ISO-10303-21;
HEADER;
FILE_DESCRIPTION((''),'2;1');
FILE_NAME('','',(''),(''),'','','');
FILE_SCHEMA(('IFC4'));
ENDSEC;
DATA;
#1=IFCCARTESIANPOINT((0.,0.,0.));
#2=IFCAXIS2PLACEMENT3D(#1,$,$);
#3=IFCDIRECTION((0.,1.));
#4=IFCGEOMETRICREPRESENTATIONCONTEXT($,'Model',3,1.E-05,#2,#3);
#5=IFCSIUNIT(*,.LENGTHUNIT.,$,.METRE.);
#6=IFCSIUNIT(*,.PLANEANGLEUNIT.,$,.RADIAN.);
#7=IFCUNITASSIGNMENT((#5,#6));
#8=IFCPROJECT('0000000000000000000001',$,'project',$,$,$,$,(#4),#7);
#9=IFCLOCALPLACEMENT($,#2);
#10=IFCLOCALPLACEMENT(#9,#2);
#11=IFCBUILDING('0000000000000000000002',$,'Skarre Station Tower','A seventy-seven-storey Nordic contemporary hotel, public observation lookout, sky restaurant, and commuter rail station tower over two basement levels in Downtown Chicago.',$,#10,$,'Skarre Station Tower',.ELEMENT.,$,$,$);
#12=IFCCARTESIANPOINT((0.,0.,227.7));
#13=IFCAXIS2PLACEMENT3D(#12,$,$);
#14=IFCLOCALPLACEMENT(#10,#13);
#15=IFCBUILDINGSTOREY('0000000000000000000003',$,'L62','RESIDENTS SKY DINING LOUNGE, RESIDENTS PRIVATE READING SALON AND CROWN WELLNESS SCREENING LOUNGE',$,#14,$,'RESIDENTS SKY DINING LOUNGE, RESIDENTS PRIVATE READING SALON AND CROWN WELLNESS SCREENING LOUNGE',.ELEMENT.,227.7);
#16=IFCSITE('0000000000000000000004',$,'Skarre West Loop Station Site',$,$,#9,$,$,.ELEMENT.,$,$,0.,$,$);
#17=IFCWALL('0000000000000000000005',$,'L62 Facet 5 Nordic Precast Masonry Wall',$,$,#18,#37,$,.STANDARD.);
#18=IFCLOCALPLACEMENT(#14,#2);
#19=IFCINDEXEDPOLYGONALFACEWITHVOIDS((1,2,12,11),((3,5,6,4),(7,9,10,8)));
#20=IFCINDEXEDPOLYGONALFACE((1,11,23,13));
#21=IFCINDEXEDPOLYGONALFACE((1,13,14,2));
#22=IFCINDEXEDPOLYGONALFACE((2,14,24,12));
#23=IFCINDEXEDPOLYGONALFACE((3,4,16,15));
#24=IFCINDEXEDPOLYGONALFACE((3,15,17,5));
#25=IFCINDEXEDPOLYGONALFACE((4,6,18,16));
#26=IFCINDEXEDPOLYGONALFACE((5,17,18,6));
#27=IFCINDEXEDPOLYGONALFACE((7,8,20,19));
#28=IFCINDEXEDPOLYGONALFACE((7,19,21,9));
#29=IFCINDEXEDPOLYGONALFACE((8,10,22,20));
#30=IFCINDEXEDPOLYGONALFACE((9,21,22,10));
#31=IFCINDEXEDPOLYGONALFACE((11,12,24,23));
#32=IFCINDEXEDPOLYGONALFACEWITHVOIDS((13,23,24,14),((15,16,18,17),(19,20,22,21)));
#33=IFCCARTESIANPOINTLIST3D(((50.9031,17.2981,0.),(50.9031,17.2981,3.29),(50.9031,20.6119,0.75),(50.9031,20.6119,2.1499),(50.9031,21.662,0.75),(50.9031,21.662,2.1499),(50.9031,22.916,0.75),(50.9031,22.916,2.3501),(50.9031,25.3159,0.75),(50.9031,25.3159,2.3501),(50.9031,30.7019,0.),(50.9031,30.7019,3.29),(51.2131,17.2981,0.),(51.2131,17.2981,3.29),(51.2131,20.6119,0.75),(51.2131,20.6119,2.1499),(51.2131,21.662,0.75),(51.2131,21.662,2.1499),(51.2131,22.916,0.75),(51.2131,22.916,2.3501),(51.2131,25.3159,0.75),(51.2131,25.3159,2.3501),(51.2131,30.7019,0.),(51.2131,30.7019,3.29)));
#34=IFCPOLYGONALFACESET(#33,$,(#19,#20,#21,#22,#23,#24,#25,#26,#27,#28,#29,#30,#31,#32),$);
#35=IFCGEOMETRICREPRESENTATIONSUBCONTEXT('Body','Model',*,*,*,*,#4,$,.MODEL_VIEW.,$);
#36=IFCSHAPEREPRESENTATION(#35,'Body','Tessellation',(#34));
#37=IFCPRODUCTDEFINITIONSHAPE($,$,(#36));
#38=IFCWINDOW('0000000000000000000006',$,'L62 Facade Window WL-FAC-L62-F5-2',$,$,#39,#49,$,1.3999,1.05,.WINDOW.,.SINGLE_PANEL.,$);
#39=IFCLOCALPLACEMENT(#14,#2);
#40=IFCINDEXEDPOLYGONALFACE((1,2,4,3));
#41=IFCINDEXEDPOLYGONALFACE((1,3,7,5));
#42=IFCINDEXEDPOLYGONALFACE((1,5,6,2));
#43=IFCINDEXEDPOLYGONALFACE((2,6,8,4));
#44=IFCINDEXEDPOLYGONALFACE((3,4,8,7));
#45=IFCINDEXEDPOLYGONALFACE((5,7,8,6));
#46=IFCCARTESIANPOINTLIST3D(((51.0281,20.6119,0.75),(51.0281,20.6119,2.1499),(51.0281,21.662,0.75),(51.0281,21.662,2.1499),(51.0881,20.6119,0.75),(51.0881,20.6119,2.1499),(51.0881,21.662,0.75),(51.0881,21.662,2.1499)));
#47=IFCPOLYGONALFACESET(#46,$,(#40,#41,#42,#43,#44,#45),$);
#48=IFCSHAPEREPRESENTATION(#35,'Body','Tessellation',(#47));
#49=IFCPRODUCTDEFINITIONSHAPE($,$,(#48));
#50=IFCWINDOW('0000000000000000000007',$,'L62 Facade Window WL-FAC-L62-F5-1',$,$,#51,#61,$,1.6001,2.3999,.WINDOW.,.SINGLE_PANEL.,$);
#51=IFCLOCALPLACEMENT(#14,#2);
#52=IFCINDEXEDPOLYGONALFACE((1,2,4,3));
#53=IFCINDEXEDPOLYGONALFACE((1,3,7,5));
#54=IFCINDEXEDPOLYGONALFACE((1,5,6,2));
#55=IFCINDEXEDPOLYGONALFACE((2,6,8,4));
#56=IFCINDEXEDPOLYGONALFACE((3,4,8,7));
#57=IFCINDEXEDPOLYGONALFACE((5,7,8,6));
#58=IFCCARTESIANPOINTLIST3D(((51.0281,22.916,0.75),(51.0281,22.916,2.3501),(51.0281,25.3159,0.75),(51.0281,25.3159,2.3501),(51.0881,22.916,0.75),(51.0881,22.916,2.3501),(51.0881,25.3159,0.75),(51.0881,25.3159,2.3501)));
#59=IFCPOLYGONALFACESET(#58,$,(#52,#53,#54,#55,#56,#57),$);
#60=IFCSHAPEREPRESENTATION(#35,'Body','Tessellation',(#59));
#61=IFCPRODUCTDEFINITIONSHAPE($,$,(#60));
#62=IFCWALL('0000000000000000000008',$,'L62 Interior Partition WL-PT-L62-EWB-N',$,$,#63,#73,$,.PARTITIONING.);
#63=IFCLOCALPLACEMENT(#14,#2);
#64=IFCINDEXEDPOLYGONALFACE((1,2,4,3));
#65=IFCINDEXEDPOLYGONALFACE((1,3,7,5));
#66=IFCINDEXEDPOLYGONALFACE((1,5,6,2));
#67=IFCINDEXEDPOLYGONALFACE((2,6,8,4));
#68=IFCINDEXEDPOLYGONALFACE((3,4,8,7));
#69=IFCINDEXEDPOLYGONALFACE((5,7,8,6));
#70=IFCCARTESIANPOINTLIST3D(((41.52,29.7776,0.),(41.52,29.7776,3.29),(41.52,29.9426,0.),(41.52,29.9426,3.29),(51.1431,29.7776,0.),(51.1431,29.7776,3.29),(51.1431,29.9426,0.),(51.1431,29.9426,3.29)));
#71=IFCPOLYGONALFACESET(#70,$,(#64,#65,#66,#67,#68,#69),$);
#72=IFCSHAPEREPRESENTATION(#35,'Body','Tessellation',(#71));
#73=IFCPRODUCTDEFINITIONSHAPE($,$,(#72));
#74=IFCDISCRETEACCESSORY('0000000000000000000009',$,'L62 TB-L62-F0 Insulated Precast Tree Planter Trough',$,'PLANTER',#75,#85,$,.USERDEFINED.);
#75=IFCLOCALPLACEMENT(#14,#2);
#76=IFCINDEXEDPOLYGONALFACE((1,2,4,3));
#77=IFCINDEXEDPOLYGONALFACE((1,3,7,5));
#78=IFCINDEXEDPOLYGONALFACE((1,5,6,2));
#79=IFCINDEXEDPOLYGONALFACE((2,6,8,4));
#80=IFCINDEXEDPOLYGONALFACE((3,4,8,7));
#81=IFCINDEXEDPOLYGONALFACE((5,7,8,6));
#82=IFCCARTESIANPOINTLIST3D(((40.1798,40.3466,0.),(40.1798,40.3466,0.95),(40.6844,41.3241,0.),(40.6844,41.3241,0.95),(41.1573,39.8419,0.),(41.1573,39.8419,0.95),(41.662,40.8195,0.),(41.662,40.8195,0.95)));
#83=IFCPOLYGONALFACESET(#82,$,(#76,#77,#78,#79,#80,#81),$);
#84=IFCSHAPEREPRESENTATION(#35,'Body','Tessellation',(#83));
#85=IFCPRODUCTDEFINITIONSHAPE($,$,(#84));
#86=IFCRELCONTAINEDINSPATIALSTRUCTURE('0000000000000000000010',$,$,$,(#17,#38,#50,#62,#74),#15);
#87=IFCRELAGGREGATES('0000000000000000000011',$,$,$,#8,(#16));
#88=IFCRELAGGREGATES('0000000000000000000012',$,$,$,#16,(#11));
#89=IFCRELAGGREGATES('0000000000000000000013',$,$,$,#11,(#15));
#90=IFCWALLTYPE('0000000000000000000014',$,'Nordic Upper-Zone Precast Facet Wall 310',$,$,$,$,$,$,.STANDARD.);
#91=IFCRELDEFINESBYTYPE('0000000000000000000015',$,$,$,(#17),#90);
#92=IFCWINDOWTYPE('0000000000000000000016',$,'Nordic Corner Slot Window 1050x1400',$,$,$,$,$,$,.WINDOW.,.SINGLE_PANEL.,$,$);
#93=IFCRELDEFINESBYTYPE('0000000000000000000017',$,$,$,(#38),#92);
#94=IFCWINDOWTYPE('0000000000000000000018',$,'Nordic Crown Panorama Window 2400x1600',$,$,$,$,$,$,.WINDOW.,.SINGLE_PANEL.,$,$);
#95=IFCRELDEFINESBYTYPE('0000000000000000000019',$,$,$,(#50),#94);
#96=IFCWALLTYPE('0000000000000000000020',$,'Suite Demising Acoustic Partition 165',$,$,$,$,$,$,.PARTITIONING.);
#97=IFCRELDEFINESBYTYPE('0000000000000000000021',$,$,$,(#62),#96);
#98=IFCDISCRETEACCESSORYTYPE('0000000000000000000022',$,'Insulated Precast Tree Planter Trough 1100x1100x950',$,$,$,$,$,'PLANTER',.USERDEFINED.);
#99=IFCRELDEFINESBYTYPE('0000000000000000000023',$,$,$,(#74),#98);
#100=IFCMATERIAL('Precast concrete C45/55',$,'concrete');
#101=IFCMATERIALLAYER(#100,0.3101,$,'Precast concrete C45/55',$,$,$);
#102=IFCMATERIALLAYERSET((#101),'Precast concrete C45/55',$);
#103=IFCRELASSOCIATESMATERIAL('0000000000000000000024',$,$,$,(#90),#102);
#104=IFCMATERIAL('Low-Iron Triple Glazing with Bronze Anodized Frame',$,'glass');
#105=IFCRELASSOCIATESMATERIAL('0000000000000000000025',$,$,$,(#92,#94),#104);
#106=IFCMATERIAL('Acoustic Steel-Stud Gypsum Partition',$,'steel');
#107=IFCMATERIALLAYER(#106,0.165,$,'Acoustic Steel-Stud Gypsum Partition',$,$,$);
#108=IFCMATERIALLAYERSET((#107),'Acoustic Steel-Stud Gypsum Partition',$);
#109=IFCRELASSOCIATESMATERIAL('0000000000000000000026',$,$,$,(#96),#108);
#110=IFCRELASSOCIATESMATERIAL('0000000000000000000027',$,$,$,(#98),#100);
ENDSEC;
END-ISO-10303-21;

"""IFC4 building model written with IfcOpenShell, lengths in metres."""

from ifc_helpers import new_model, si_unit, direction, frame, frame_2d, origin, origin_2d, place, context, subcontext, project, spatial, rectangle, extrude, material, layer, layer_set, type_object, element, fill, save


model = new_model("IFC4")

# Units and contexts
model_context = context("Model", 3, precision=1e-05, world=origin(), true_north=direction((0.0, 1.0)))
body_context = subcontext(model_context, "Body", "Model", "MODEL_VIEW")
ifc_project = project(units=[si_unit("LENGTHUNIT", "METRE"), si_unit("PLANEANGLEUNIT", "RADIAN")], contexts=[model_context])

# Site, building, storey
site_placement = place(None, origin())
site = spatial("IfcSite", under=ifc_project, at=site_placement, Name="Skarre West Loop Station Site", CompositionType="ELEMENT", RefElevation=0.0)
building_placement = place(site_placement, origin())
building = spatial("IfcBuilding", under=site, at=building_placement, Name="Skarre Station Tower", Description="A seventy-seven-storey Nordic contemporary hotel, public observation lookout, sky restaurant, and commuter rail station tower over two basement levels in Downtown Chicago.", LongName="Skarre Station Tower", CompositionType="ELEMENT")
storey_placement = place(building_placement, frame((0.0, 0.0, 227.7)))
storey = spatial("IfcBuildingStorey", under=building, at=storey_placement, Name="L62", Description="RESIDENTS SKY DINING LOUNGE, RESIDENTS PRIVATE READING SALON AND CROWN WELLNESS SCREENING LOUNGE", LongName="RESIDENTS SKY DINING LOUNGE, RESIDENTS PRIVATE READING SALON AND CROWN WELLNESS SCREENING LOUNGE", CompositionType="ELEMENT", Elevation=227.7)

# Shared definitions
ifc_material_1 = material(Name="Acoustic Steel-Stud Gypsum Partition", Category="steel")

# Shared definitions
ifc_material_2 = material(Name="Precast concrete C45/55", Category="concrete")

# Wall, openings, windows
ifc_layer_1 = layer(ifc_material_2, 0.3101, Name="Precast concrete C45/55")
ifc_layer_set_1 = layer_set([ifc_layer_1], Name="Precast concrete C45/55")
wall_type_1 = type_object("IfcWallType", Name="Nordic Upper-Zone Precast Facet Wall 310", PredefinedType="STANDARD", material=ifc_layer_set_1)
wall_1_placement = place(storey_placement, frame((51.0581, 30.7019, 0.0), z_axis=(0.0, 0.0, 1.0), x_axis=(0.0, -1.0, 0.0)))
wall_1 = element("IfcWall", 1, at=wall_1_placement, inside=storey, type_object=wall_type_1, Name="L62 Facet 5 Nordic Precast Masonry Wall", PredefinedType="STANDARD", context=body_context, shape_type="SweptSolid", body=[
    extrude(rectangle(XDim=13.4038, YDim=0.3101, at=frame_2d((6.7019, 0.0))), origin(), (0.0, 0.0, 1.0), 3.29),
])
opening_1_placement = place(wall_1_placement, frame((5.386, 0.0, 0.75)))
opening_1 = element("IfcOpeningElement", 2, at=opening_1_placement, cuts=wall_1, PredefinedType="OPENING", context=body_context, shape_type="SweptSolid", body=[
    extrude(rectangle(XDim=2.3999, YDim=1.6001, at=frame_2d((1.2, 0.8))), frame((0.0, 0.165, 0.0), z_axis=(0.0, -1.0, 0.0), x_axis=(1.0, 0.0, 0.0)), (0.0, 0.0, 1.0), 0.3301),
])
opening_2_placement = place(wall_1_placement, frame((9.04, 0.0, 0.75)))
opening_2 = element("IfcOpeningElement", 3, at=opening_2_placement, cuts=wall_1, PredefinedType="OPENING", context=body_context, shape_type="SweptSolid", body=[
    extrude(rectangle(XDim=1.05, YDim=1.3999, at=frame_2d((0.5249, 0.7))), frame((0.0, 0.165, 0.0), z_axis=(0.0, -1.0, 0.0), x_axis=(1.0, 0.0, 0.0)), (0.0, 0.0, 1.0), 0.3301),
])
ifc_material_3 = material(Name="Low-Iron Triple Glazing with Bronze Anodized Frame", Category="glass")
window_type_1 = type_object("IfcWindowType", Name="Nordic Corner Slot Window 1050x1400", PartitioningType="SINGLE_PANEL", PredefinedType="WINDOW", material=ifc_material_3)
window_1_placement = place(opening_2_placement, origin())
window_1 = element("IfcWindow", 4, at=window_1_placement, inside=storey, type_object=window_type_1, Name="L62 Facade Window WL-FAC-L62-F5-2", OverallHeight=1.3999, OverallWidth=1.05, PartitioningType="SINGLE_PANEL", PredefinedType="WINDOW", context=body_context, shape_type="SweptSolid", body=[
    extrude(rectangle(XDim=1.05, YDim=1.3999, at=frame_2d((0.5249, 0.7))), frame((0.0, 0.03, 0.0), z_axis=(0.0, -1.0, 0.0), x_axis=(1.0, 0.0, 0.0)), (0.0, 0.0, 1.0), 0.0601),
])
fill(opening_2, window_1)
window_type_2 = type_object("IfcWindowType", Name="Nordic Crown Panorama Window 2400x1600", PartitioningType="SINGLE_PANEL", PredefinedType="WINDOW", material=ifc_material_3)
window_2_placement = place(opening_1_placement, origin())
window_2 = element("IfcWindow", 5, at=window_2_placement, inside=storey, type_object=window_type_2, Name="L62 Facade Window WL-FAC-L62-F5-1", OverallHeight=1.6001, OverallWidth=2.3999, PartitioningType="SINGLE_PANEL", PredefinedType="WINDOW", context=body_context, shape_type="SweptSolid", body=[
    extrude(rectangle(XDim=2.3999, YDim=1.6001, at=frame_2d((1.2, 0.8))), frame((0.0, 0.03, 0.0), z_axis=(0.0, -1.0, 0.0), x_axis=(1.0, 0.0, 0.0)), (0.0, 0.0, 1.0), 0.0601),
])
fill(opening_1, window_2)

# Wall
ifc_layer_2 = layer(ifc_material_1, 0.165, Name="Acoustic Steel-Stud Gypsum Partition")
ifc_layer_set_2 = layer_set([ifc_layer_2], Name="Acoustic Steel-Stud Gypsum Partition")
wall_type_2 = type_object("IfcWallType", Name="Suite Demising Acoustic Partition 165", PredefinedType="PARTITIONING", material=ifc_layer_set_2)
wall_2_placement = place(storey_placement, frame((41.52, 29.8601, 0.0), z_axis=(0.0, 0.0, 1.0), x_axis=(1.0, 0.0, 0.0)))
element("IfcWall", 6, at=wall_2_placement, inside=storey, type_object=wall_type_2, Name="L62 Interior Partition WL-PT-L62-EWB-N", PredefinedType="PARTITIONING", context=body_context, shape_type="SweptSolid", body=[
    extrude(rectangle(XDim=9.623, YDim=0.165, at=frame_2d((4.8115, 0.0))), origin(), (0.0, 0.0, 1.0), 3.29),
])

# Discrete accessory
discrete_accessory_type = type_object("IfcDiscreteAccessoryType", Name="Insulated Precast Tree Planter Trough 1100x1100x950", ElementType="PLANTER", PredefinedType="USERDEFINED", material=ifc_material_2)
discrete_accessory_placement = place(storey_placement, frame((40.9209, 40.583, 0.0), z_axis=(0.0, 0.0, 1.0), x_axis=(0.458712, 0.888585, 0.0)))
element("IfcDiscreteAccessory", 7, at=discrete_accessory_placement, inside=storey, type_object=discrete_accessory_type, Name="L62 TB-L62-F0 Insulated Precast Tree Planter Trough", ObjectType="PLANTER", PredefinedType="USERDEFINED", context=body_context, shape_type="SweptSolid", body=[
    extrude(rectangle(XDim=1.1001, YDim=1.1001, at=origin_2d()), origin(), (0.0, 0.0, 1.0), 0.95),
])

save(model, "model.ifc")
